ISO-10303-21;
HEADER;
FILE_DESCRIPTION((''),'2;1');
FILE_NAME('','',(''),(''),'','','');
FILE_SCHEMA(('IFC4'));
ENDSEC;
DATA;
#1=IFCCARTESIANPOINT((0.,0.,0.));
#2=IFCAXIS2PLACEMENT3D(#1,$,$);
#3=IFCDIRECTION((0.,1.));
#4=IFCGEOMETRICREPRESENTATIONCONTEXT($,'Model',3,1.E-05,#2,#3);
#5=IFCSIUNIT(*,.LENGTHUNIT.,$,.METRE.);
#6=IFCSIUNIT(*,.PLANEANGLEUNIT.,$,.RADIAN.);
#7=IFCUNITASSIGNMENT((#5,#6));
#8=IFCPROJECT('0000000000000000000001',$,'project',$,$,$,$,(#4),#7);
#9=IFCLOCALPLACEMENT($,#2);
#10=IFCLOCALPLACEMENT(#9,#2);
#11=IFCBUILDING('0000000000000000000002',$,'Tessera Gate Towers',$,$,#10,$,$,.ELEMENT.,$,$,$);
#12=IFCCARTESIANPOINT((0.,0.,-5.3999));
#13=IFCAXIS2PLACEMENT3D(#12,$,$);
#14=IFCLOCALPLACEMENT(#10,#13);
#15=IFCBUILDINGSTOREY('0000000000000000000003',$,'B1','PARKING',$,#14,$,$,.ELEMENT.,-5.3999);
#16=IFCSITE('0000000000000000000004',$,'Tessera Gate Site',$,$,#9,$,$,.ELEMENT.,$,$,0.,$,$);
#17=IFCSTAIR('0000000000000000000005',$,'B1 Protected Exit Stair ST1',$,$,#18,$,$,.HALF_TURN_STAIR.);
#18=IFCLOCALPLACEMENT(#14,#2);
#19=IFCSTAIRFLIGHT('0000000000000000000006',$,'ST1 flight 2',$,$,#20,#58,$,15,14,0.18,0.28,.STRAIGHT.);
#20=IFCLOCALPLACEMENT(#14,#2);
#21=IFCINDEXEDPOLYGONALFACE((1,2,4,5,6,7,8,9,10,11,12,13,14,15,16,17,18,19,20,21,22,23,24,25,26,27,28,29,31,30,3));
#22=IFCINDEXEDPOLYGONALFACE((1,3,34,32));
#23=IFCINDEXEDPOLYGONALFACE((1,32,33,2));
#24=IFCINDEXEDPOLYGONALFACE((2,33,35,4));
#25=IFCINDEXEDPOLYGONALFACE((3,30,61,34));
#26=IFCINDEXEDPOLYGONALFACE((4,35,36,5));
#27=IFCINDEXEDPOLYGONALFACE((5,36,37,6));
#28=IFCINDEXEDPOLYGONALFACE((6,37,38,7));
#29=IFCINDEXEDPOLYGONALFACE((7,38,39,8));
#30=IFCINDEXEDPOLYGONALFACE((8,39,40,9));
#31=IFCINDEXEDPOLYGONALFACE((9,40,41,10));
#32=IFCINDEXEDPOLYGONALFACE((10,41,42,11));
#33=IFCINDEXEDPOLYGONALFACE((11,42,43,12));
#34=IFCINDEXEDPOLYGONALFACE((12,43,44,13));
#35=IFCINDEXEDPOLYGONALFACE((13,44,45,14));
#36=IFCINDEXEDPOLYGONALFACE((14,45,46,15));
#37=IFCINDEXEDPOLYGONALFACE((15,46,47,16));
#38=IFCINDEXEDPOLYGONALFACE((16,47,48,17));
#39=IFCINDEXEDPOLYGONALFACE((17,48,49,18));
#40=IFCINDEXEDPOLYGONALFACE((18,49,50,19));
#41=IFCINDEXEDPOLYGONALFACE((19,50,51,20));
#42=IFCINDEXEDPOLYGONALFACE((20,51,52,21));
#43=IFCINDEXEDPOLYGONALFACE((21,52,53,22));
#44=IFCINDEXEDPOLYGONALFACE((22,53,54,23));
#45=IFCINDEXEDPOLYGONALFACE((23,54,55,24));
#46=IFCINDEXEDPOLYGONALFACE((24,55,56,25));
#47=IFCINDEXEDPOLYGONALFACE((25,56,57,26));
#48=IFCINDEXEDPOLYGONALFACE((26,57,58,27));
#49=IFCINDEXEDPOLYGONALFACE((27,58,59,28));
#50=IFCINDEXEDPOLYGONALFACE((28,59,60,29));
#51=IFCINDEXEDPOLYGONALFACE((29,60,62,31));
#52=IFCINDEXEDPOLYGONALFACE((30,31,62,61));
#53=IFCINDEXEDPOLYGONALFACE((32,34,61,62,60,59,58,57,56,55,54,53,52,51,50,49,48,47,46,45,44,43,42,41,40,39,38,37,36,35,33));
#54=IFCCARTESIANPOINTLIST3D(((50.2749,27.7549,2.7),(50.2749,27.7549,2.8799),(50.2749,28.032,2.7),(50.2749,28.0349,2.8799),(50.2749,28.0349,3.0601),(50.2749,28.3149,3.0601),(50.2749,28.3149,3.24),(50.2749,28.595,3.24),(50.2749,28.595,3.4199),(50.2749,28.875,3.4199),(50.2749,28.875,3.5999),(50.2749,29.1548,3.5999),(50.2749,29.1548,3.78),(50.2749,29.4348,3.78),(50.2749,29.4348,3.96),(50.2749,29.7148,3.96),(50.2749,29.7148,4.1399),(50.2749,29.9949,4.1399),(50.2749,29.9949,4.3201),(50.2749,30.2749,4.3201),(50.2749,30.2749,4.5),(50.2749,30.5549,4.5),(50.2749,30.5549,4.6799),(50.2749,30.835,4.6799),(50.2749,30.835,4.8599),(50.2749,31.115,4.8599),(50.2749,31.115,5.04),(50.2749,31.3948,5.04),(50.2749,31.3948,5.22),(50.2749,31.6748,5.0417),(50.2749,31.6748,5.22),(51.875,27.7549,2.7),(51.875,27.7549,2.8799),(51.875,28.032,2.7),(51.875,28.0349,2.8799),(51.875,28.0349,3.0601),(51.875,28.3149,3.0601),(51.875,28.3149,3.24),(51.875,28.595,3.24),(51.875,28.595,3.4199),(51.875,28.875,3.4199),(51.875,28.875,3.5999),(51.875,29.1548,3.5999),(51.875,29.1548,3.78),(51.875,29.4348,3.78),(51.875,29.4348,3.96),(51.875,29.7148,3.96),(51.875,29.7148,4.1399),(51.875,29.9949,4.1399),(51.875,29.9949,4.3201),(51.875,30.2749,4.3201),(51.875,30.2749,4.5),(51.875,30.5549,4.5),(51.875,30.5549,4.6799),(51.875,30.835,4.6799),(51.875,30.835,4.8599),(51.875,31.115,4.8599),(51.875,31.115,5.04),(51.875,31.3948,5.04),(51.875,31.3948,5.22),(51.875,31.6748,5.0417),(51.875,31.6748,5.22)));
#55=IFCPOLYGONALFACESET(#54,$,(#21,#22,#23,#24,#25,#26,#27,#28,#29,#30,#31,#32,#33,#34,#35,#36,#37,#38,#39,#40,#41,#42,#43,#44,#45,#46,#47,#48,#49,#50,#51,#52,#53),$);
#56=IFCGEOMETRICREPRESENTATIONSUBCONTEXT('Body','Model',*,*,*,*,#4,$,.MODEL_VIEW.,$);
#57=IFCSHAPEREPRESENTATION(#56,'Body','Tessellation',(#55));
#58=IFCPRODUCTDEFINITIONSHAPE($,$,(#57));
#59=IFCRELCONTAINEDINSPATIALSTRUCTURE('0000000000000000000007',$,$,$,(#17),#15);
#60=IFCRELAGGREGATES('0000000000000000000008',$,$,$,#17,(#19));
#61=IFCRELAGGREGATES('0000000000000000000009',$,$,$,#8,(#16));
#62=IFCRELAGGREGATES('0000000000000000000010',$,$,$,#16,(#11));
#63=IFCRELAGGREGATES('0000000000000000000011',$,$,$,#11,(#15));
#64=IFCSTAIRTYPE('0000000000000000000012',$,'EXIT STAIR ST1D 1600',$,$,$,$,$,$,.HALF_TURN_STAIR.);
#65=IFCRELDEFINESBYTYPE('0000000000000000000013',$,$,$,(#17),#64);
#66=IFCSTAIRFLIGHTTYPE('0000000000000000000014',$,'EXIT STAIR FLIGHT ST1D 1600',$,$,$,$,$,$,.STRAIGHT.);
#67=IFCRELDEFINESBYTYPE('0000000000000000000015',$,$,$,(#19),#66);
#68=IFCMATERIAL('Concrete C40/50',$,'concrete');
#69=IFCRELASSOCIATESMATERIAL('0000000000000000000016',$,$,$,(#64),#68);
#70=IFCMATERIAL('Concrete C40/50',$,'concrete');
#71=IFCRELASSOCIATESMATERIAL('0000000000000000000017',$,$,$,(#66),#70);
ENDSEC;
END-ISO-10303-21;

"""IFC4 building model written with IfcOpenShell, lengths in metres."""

from ifc_helpers import new_model, si_unit, direction, frame, origin, place, context, subcontext, project, spatial, polyline, outline, extrude, material, type_object, element, aggregate, save


model = new_model("IFC4")

# Units and contexts
model_context = context("Model", 3, precision=1e-05, world=origin(), true_north=direction((0.0, 1.0)))
body_context = subcontext(model_context, "Body", "Model", "MODEL_VIEW")
ifc_project = project(units=[si_unit("LENGTHUNIT", "METRE"), si_unit("PLANEANGLEUNIT", "RADIAN")], contexts=[model_context])

# Site, building, storey
site_placement = place(None, origin())
site = spatial("IfcSite", under=ifc_project, at=site_placement, Name="Tessera Gate Site", CompositionType="ELEMENT", RefElevation=0.0)
building_placement = place(site_placement, origin())
building = spatial("IfcBuilding", under=site, at=building_placement, Name="Tessera Gate Towers", CompositionType="ELEMENT")
storey_placement = place(building_placement, frame((0.0, 0.0, -5.3999)))
storey = spatial("IfcBuildingStorey", under=building, at=storey_placement, Name="B1", Description="PARKING", CompositionType="ELEMENT", Elevation=-5.3999)

# Stair, stair flight
ifc_material_1 = material(Name="Concrete C40/50", Category="concrete")
stair_type = type_object("IfcStairType", Name="EXIT STAIR ST1D 1600", PredefinedType="HALF_TURN_STAIR", material=ifc_material_1)
stair_placement = place(storey_placement, origin())
stair = element("IfcStair", 1, at=stair_placement, inside=storey, type_object=stair_type, Name="B1 Protected Exit Stair ST1", PredefinedType="HALF_TURN_STAIR")
ifc_material_2 = material(Name="Concrete C40/50", Category="concrete")
stair_flight_type = type_object("IfcStairFlightType", Name="EXIT STAIR FLIGHT ST1D 1600", PredefinedType="STRAIGHT", material=ifc_material_2)
stair_flight_1_placement = place(storey_placement, frame((51.075, 27.7549, 2.7), z_axis=(0.0, 0.0, 1.0), x_axis=(0.0, 1.0, 0.0)))
stair_flight_1 = element("IfcStairFlight", 2, at=stair_flight_1_placement, type_object=stair_flight_type, Name="ST1 flight 2", NumberOfRisers=15, NumberOfTreads=14, PredefinedType="STRAIGHT", RiserHeight=0.18, TreadLength=0.28, context=body_context, shape_type="SweptSolid", body=[
    extrude(outline(polyline([(0.0, 0.0), (0.0, 0.1799), (0.28, 0.1799), (0.28, 0.3601), (0.5601, 0.3601), (0.5601, 0.54), (0.8401, 0.54), (0.8401, 0.72), (1.1201, 0.72), (1.1201, 0.8999), (1.3999, 0.8999), (1.3999, 1.0801), (1.6799, 1.0801), (1.6799, 1.26), (1.96, 1.26), (1.96, 1.4399), (2.24, 1.4399), (2.24, 1.6201), (2.52, 1.6201), (2.52, 1.8), (2.8, 1.8), (2.8, 1.98), (3.0801, 1.98), (3.0801, 2.1599), (3.3601, 2.1599), (3.3601, 2.3401), (3.6399, 2.3401), (3.6399, 2.52), (3.9199, 2.52), (3.9199, 2.7), (3.9199, 2.3418), (0.2771, 0.0), (0.0, 0.0)])), frame((0.0, 0.8, 0.0), z_axis=(0.0, -1.0, 0.0), x_axis=(1.0, 0.0, 0.0)), (0.0, 0.0, 1.0), 1.6001),
])
aggregate(stair, [stair_flight_1])

save(model, "model.ifc")
